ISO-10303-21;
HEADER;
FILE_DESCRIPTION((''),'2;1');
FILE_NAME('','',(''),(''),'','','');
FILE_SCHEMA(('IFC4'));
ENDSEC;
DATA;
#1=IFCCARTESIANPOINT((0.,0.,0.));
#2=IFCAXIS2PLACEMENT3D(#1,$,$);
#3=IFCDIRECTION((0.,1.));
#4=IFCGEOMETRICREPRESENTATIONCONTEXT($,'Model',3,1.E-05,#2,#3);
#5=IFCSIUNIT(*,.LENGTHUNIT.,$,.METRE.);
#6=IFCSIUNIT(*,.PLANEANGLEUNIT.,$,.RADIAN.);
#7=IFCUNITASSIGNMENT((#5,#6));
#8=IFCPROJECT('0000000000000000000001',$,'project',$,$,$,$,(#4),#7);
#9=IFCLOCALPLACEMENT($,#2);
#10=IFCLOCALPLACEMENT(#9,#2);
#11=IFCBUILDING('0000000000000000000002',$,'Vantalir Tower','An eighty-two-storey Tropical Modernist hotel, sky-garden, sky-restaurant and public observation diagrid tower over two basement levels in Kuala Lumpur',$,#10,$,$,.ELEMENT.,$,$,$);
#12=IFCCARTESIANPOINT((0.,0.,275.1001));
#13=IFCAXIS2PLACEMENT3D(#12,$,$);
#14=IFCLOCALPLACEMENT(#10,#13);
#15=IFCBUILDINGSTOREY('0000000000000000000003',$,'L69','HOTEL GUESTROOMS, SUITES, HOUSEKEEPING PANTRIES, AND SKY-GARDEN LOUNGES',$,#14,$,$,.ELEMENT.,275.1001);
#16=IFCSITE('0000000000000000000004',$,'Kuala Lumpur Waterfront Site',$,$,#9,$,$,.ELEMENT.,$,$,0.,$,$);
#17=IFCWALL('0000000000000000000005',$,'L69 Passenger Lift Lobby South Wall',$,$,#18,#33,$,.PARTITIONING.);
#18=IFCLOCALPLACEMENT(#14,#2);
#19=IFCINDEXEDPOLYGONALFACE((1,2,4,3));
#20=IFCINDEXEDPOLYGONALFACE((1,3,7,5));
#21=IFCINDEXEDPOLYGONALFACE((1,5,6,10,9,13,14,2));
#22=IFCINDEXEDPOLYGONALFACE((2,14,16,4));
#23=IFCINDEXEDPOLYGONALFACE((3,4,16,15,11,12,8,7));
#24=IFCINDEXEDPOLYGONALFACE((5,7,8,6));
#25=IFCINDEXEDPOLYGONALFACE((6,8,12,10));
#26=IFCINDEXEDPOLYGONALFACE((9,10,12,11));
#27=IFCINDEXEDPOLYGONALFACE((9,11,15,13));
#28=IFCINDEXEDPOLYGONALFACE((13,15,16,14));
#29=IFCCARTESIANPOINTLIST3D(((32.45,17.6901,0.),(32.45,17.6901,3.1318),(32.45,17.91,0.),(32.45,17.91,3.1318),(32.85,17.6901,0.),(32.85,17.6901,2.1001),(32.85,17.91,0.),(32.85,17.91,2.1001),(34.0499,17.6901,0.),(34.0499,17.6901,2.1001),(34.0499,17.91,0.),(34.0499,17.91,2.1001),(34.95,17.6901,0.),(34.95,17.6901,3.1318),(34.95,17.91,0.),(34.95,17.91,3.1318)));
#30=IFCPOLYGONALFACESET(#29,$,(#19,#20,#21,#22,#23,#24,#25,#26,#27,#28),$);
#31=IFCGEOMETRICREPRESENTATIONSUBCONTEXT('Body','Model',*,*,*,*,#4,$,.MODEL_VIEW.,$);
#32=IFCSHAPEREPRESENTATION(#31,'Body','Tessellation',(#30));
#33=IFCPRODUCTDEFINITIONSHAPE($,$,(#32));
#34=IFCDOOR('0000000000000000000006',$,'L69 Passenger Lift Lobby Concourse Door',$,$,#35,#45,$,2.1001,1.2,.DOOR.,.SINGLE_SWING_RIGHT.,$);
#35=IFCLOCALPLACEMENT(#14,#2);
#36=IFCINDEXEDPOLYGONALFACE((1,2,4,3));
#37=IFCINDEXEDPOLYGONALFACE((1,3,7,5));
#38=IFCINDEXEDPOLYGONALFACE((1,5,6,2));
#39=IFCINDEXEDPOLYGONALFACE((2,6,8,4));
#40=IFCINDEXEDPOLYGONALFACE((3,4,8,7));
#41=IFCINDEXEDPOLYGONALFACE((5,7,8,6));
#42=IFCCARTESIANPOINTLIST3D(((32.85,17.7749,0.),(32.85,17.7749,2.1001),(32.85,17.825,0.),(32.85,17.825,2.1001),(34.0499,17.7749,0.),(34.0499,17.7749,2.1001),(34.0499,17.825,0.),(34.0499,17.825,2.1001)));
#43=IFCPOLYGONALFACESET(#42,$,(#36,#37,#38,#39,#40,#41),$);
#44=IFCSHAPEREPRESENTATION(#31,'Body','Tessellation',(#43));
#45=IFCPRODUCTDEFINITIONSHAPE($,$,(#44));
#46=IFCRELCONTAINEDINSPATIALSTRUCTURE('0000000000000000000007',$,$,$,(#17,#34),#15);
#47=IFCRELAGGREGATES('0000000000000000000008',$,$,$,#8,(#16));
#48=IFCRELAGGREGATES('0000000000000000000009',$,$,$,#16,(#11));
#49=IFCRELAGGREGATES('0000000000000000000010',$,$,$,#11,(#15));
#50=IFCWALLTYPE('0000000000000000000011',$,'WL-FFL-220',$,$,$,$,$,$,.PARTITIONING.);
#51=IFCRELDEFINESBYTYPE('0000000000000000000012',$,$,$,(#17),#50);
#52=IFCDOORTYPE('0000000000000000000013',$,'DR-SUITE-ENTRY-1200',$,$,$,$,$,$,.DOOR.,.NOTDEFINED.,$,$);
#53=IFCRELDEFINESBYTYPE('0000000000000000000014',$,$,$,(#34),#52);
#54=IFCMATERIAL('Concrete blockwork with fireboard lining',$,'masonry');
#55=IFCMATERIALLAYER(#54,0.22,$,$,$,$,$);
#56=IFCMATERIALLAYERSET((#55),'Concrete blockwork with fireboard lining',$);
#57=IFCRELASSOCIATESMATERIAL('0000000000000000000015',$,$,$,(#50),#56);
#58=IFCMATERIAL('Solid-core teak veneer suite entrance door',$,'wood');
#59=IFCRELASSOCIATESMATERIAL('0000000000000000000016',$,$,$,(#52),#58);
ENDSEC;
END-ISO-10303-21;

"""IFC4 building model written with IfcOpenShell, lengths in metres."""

from ifc_helpers import new_model, si_unit, direction, frame, frame_2d, origin, place, context, subcontext, project, spatial, rectangle, extrude, material, layer, layer_set, type_object, element, fill, save


model = new_model("IFC4")

# Units and contexts
model_context = context("Model", 3, precision=1e-05, world=origin(), true_north=direction((0.0, 1.0)))
body_context = subcontext(model_context, "Body", "Model", "MODEL_VIEW")
ifc_project = project(units=[si_unit("LENGTHUNIT", "METRE"), si_unit("PLANEANGLEUNIT", "RADIAN")], contexts=[model_context])

# Site, building, storey
site_placement = place(None, origin())
site = spatial("IfcSite", under=ifc_project, at=site_placement, Name="Kuala Lumpur Waterfront Site", CompositionType="ELEMENT", RefElevation=0.0)
building_placement = place(site_placement, origin())
building = spatial("IfcBuilding", under=site, at=building_placement, Name="Vantalir Tower", Description="An eighty-two-storey Tropical Modernist hotel, sky-garden, sky-restaurant and public observation diagrid tower over two basement levels in Kuala Lumpur", CompositionType="ELEMENT")
storey_placement = place(building_placement, frame((0.0, 0.0, 275.1001)))
storey = spatial("IfcBuildingStorey", under=building, at=storey_placement, Name="L69", Description="HOTEL GUESTROOMS, SUITES, HOUSEKEEPING PANTRIES, AND SKY-GARDEN LOUNGES", CompositionType="ELEMENT", Elevation=275.1001)

# Wall, opening, door
ifc_material_1 = material(Name="Concrete blockwork with fireboard lining", Category="masonry")
ifc_layer_1 = layer(ifc_material_1, 0.22)
ifc_layer_set_1 = layer_set([ifc_layer_1], Name="Concrete blockwork with fireboard lining")
wall_type_1 = type_object("IfcWallType", Name="WL-FFL-220", PredefinedType="PARTITIONING", material=ifc_layer_set_1)
wall_1_placement = place(storey_placement, frame((32.45, 17.8, 0.0), z_axis=(0.0, 0.0, 1.0), x_axis=(1.0, 0.0, 0.0)))
wall_1 = element("IfcWall", 1, at=wall_1_placement, inside=storey, type_object=wall_type_1, Name="L69 Passenger Lift Lobby South Wall", PredefinedType="PARTITIONING", context=body_context, shape_type="SweptSolid", body=[
    extrude(rectangle(XDim=2.5, YDim=0.22, at=frame_2d((1.25, 0.0))), origin(), (0.0, 0.0, 1.0), 3.1318),
])
opening_placement = place(wall_1_placement, frame((0.3999, 0.0, 0.0)))
opening = element("IfcOpeningElement", 2, at=opening_placement, cuts=wall_1, PredefinedType="OPENING", context=body_context, shape_type="SweptSolid", body=[
    extrude(rectangle(XDim=1.2, YDim=2.1001, at=frame_2d((0.6001, 1.05))), frame((0.0, 0.1199, 0.0), z_axis=(0.0, -1.0, 0.0), x_axis=(1.0, 0.0, 0.0)), (0.0, 0.0, 1.0), 0.24),
])
ifc_material_2 = material(Name="Solid-core teak veneer suite entrance door", Category="wood")
door_type = type_object("IfcDoorType", Name="DR-SUITE-ENTRY-1200", OperationType="NOTDEFINED", PredefinedType="DOOR", material=ifc_material_2)
door_placement = place(opening_placement, origin())
door = element("IfcDoor", 3, at=door_placement, inside=storey, type_object=door_type, Name="L69 Passenger Lift Lobby Concourse Door", OperationType="SINGLE_SWING_RIGHT", OverallHeight=2.1001, OverallWidth=1.2, PredefinedType="DOOR", context=body_context, shape_type="SweptSolid", body=[
    extrude(rectangle(XDim=1.2, YDim=2.1001, at=frame_2d((0.6001, 1.05))), frame((0.0, 0.0249, 0.0), z_axis=(0.0, -1.0, 0.0), x_axis=(1.0, 0.0, 0.0)), (0.0, 0.0, 1.0), 0.05),
])
fill(opening, door)

save(model, "model.ifc")
